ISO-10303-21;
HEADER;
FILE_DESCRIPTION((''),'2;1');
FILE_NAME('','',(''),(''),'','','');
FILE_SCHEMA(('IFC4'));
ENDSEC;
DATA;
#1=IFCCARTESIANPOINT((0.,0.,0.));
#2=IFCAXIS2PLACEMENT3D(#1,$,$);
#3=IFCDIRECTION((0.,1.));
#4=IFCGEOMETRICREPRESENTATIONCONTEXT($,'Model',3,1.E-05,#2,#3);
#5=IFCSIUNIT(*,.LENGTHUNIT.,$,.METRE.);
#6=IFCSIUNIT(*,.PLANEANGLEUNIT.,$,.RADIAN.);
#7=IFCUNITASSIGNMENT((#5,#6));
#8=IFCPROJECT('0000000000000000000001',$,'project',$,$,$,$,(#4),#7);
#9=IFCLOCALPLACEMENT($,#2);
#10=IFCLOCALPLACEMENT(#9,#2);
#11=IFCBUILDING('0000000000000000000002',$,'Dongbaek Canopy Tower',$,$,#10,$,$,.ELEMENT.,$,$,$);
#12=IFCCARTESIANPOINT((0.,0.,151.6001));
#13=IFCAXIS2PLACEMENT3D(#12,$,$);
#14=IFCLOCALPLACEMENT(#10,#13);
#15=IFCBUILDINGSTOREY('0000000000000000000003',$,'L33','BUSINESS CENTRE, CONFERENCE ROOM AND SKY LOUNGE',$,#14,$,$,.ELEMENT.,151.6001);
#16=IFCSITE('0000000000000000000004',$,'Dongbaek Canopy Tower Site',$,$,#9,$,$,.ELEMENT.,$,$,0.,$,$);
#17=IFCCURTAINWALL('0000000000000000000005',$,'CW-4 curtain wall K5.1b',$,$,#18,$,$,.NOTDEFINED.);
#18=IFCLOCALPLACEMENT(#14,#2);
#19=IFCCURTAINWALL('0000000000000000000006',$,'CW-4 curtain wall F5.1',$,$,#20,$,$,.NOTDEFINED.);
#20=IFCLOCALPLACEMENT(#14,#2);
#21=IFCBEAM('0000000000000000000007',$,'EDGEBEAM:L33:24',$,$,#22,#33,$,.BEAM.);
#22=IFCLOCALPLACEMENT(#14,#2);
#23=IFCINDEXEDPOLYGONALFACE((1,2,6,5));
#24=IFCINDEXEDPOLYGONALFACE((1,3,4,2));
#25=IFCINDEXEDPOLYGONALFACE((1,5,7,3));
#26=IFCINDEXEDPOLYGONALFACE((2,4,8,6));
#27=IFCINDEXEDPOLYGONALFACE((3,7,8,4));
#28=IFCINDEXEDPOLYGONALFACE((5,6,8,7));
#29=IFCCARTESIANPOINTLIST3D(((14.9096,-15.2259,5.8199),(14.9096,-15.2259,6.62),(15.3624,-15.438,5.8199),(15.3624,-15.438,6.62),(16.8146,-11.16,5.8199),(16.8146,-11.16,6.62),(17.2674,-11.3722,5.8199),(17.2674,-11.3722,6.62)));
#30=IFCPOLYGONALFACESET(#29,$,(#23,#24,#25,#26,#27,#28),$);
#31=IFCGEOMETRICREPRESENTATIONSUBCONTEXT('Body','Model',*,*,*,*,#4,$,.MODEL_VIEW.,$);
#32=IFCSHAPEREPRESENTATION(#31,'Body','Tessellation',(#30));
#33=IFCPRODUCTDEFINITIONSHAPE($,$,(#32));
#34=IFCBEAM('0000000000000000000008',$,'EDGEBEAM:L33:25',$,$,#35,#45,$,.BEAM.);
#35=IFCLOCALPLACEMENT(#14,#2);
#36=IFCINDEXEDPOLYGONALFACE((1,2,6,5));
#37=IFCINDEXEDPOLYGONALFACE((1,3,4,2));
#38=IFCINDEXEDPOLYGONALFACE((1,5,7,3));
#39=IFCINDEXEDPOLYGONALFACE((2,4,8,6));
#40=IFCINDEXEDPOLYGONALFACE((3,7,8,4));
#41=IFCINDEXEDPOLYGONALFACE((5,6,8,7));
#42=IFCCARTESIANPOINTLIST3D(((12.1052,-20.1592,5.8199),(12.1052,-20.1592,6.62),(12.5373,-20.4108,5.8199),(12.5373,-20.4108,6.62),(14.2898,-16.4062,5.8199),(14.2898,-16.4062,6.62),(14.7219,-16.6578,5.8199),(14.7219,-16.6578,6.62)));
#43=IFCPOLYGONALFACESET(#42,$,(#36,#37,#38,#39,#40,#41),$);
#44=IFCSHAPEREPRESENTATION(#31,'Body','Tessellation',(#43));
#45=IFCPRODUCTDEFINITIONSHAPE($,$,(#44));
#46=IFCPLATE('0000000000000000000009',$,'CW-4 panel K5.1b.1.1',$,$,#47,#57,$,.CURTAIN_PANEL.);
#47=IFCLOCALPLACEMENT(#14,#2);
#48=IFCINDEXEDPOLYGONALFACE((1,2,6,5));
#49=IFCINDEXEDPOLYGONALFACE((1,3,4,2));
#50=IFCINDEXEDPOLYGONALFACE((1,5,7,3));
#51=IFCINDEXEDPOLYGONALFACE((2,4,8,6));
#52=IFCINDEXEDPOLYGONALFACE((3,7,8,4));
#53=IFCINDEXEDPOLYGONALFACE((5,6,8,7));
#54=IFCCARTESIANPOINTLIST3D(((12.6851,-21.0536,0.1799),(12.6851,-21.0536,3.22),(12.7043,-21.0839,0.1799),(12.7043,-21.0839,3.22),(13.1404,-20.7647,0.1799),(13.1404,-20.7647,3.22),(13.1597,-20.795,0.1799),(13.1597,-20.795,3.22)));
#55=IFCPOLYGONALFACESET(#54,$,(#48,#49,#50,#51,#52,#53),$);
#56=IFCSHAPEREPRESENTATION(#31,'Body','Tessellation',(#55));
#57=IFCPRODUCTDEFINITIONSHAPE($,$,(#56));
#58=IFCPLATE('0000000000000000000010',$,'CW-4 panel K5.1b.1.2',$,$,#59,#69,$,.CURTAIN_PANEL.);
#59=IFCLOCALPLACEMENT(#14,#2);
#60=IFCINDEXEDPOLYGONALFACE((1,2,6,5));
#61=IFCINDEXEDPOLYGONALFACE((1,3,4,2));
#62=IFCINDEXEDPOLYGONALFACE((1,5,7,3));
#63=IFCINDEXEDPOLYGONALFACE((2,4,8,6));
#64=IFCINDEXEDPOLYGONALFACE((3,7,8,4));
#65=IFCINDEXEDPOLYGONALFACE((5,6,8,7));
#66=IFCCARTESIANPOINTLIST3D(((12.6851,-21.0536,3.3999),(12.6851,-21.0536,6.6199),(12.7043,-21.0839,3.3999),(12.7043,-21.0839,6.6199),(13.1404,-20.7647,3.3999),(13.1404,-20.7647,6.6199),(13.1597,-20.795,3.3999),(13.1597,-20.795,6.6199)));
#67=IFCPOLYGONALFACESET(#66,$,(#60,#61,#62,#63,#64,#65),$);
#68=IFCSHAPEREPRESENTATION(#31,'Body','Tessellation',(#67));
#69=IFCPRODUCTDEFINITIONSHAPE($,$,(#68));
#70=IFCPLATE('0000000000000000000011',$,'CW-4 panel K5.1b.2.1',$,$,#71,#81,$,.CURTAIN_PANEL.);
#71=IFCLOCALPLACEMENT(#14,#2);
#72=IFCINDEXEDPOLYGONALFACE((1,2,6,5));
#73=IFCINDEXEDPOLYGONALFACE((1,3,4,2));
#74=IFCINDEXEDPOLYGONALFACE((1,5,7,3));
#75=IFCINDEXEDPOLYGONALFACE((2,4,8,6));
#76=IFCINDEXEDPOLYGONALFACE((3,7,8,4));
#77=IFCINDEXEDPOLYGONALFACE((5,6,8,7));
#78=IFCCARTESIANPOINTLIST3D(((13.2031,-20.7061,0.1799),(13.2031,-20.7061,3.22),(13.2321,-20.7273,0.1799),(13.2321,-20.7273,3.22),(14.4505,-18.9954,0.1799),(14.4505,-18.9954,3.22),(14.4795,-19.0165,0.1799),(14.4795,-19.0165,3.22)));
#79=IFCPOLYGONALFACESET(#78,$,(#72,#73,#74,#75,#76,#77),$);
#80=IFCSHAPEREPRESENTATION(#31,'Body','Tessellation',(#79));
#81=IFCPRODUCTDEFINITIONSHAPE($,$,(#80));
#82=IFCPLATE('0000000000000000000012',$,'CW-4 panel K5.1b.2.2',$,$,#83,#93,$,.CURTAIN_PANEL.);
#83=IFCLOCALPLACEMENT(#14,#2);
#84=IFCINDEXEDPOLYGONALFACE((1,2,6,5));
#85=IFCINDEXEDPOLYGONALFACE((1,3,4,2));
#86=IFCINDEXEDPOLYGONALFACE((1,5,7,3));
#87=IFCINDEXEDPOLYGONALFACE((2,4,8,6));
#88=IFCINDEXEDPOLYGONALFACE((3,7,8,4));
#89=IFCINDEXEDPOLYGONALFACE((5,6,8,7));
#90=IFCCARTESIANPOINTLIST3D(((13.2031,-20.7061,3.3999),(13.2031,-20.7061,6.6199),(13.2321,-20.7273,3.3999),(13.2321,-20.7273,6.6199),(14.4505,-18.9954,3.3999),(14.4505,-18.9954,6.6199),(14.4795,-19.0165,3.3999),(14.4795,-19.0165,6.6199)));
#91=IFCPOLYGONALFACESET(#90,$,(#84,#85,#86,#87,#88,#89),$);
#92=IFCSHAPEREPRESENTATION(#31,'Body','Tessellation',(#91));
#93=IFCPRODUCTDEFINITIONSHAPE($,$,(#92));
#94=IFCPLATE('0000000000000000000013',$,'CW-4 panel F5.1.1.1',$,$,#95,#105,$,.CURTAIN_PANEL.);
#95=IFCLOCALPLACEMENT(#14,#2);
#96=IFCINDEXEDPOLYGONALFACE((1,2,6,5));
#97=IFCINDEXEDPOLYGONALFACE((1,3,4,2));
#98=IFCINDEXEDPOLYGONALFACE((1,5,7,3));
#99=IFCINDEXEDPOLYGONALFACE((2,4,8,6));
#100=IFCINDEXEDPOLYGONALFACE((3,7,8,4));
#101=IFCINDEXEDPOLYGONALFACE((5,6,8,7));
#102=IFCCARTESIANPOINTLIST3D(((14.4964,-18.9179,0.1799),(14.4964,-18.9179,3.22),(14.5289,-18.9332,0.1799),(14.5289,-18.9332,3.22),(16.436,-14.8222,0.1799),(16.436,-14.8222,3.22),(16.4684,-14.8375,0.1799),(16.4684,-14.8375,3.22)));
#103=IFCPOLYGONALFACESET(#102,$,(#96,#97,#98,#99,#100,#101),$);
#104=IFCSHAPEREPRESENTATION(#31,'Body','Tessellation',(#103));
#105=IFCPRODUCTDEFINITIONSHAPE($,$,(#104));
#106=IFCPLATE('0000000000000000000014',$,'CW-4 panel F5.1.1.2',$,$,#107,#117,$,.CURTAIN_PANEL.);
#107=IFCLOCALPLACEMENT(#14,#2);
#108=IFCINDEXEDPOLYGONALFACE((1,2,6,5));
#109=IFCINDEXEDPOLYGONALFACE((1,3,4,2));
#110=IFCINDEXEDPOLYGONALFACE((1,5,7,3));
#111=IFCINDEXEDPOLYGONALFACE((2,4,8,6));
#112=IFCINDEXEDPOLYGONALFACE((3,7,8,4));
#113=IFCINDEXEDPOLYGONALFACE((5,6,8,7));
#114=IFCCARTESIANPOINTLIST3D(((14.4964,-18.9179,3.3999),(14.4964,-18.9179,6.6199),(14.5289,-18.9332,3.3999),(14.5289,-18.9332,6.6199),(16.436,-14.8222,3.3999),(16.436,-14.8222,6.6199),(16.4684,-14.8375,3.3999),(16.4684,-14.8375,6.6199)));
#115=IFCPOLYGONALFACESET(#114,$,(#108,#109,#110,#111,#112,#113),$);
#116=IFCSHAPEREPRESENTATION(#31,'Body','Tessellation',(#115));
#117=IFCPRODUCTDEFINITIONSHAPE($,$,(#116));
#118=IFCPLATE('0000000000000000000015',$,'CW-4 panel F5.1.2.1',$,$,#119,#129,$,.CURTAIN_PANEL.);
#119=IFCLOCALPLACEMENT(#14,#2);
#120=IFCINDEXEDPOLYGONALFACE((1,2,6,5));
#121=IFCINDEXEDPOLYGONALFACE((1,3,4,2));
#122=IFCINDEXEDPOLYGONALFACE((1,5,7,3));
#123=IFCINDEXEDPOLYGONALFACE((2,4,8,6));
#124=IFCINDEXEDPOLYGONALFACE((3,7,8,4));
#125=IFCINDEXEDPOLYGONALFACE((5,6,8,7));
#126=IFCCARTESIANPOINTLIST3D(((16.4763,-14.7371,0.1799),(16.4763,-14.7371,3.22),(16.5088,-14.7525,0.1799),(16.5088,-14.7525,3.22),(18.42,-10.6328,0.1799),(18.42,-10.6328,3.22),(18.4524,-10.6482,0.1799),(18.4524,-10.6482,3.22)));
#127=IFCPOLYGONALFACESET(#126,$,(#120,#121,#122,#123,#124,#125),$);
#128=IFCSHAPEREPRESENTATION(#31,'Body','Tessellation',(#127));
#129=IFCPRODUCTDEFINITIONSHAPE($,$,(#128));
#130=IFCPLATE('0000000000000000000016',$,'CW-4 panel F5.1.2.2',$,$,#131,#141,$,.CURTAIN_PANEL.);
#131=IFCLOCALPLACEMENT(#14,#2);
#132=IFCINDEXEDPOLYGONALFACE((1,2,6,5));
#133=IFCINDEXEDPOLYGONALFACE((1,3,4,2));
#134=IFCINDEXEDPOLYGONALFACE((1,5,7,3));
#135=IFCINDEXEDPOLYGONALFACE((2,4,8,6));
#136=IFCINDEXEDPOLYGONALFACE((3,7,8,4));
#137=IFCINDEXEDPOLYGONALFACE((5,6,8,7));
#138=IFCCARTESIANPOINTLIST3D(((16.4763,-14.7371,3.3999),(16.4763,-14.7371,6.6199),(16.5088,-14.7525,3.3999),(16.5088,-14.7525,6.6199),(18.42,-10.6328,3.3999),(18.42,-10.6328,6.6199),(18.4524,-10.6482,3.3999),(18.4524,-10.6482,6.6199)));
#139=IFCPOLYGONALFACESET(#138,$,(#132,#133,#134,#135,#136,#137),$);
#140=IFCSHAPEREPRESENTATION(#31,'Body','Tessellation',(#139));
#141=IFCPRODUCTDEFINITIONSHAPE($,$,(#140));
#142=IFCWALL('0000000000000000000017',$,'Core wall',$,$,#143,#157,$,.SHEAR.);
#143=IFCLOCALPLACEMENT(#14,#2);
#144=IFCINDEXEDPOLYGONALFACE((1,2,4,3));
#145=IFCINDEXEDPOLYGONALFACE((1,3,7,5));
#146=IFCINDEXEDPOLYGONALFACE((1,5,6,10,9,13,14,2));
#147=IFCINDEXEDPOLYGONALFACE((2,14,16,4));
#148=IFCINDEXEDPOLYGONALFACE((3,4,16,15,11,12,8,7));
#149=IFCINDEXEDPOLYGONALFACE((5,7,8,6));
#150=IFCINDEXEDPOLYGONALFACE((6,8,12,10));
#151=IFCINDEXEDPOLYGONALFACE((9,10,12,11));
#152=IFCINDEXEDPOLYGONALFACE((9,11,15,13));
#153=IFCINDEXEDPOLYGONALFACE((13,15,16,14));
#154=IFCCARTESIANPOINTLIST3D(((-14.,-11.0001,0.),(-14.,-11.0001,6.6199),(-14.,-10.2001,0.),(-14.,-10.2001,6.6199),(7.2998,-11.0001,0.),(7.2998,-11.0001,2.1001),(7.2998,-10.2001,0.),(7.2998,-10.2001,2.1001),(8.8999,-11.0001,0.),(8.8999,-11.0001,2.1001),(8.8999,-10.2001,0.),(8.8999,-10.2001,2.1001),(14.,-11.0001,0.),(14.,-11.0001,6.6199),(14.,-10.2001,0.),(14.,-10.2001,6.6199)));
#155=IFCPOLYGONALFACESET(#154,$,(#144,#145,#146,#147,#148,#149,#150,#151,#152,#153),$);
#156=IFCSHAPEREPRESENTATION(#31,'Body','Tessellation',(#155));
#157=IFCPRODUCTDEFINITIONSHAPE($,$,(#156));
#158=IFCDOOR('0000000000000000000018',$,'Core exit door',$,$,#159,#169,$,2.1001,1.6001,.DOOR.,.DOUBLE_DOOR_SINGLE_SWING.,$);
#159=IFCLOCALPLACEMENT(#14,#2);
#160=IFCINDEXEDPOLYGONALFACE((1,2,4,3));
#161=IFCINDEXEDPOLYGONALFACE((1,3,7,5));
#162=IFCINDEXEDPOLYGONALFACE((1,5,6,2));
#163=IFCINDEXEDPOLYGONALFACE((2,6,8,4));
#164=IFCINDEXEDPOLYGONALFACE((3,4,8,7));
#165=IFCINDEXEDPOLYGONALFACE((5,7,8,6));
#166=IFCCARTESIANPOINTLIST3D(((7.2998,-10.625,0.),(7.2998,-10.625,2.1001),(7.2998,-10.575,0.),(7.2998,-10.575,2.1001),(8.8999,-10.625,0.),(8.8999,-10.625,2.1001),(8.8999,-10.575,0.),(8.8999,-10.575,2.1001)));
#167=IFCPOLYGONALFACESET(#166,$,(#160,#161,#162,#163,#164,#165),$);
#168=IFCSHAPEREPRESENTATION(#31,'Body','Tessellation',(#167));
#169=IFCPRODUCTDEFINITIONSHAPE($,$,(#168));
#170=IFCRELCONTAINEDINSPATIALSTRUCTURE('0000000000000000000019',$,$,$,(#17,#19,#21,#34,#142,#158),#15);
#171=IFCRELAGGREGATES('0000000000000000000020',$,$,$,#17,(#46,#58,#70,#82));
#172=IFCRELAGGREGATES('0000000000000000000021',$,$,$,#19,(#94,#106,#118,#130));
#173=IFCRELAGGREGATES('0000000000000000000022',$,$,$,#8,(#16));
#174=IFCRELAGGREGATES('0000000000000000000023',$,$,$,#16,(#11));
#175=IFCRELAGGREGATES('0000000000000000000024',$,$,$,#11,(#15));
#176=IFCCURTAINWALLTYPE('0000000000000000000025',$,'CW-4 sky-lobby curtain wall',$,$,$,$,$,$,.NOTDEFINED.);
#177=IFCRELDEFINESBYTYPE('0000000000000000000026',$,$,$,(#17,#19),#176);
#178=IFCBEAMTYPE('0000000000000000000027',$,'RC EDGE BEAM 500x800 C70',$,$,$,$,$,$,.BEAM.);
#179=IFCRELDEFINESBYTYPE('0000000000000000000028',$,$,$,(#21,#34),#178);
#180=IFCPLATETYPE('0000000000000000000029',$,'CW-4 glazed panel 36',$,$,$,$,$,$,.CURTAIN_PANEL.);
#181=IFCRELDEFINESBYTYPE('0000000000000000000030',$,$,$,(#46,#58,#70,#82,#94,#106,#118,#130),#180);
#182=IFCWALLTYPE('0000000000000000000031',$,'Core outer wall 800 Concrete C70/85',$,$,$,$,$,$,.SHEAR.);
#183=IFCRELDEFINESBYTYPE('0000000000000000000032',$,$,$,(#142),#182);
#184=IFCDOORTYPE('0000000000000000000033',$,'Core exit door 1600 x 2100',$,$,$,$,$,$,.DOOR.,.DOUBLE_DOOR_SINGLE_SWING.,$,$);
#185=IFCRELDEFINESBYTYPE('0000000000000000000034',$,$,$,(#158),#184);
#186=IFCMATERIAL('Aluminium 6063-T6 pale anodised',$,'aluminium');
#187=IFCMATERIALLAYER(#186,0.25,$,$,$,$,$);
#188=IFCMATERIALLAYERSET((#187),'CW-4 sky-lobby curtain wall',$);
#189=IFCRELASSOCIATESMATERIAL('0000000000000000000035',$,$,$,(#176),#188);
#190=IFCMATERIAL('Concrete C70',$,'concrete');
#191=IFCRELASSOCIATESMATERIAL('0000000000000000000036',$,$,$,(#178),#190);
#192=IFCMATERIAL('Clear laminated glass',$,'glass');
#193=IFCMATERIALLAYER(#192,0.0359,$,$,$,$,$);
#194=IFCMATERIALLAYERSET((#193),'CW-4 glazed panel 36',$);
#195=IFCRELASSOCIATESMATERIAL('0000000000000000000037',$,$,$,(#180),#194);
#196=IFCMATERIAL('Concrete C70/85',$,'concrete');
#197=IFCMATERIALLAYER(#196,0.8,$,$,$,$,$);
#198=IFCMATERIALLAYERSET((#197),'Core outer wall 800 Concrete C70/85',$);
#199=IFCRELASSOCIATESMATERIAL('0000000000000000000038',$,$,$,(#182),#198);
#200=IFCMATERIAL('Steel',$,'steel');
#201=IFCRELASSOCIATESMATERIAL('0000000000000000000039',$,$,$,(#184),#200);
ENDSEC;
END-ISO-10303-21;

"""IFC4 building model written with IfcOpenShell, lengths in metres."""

from ifc_helpers import new_model, si_unit, direction, frame, frame_2d, origin, origin_2d, place, context, subcontext, project, spatial, rectangle, extrude, material, layer, layer_set, material_profile, profile_set, type_object, element, fill, aggregate, save


model = new_model("IFC4")

# Units and contexts
model_context = context("Model", 3, precision=1e-05, world=origin(), true_north=direction((0.0, 1.0)))
body_context = subcontext(model_context, "Body", "Model", "MODEL_VIEW")
ifc_project = project(units=[si_unit("LENGTHUNIT", "METRE"), si_unit("PLANEANGLEUNIT", "RADIAN")], contexts=[model_context])

# Site, building, storey
site_placement = place(None, origin())
site = spatial("IfcSite", under=ifc_project, at=site_placement, Name="Dongbaek Canopy Tower Site", CompositionType="ELEMENT", RefElevation=0.0)
building_placement = place(site_placement, origin())
building = spatial("IfcBuilding", under=site, at=building_placement, Name="Dongbaek Canopy Tower", CompositionType="ELEMENT")
storey_placement = place(building_placement, frame((0.0, 0.0, 151.6001)))
storey = spatial("IfcBuildingStorey", under=building, at=storey_placement, Name="L33", Description="BUSINESS CENTRE, CONFERENCE ROOM AND SKY LOUNGE", CompositionType="ELEMENT", Elevation=151.6001)

# Curtain wall
ifc_material_1 = material(Name="Aluminium 6063-T6 pale anodised", Category="aluminium")
ifc_layer_1 = layer(ifc_material_1, 0.25)
ifc_layer_set_1 = layer_set([ifc_layer_1], Name="CW-4 sky-lobby curtain wall")
curtain_wall_type = type_object("IfcCurtainWallType", Name="CW-4 sky-lobby curtain wall", PredefinedType="NOTDEFINED", material=ifc_layer_set_1)
curtain_wall_1_placement = place(storey_placement, origin())
curtain_wall_1 = element("IfcCurtainWall", 1, at=curtain_wall_1_placement, inside=storey, type_object=curtain_wall_type, Name="CW-4 curtain wall K5.1b", PredefinedType="NOTDEFINED")

# Curtain wall
curtain_wall_2_placement = place(storey_placement, origin())
curtain_wall_2 = element("IfcCurtainWall", 2, at=curtain_wall_2_placement, inside=storey, type_object=curtain_wall_type, Name="CW-4 curtain wall F5.1", PredefinedType="NOTDEFINED")

# Beams
ifc_material_2 = material(Name="Concrete C70", Category="concrete")
ifc_material_profile_1 = material_profile(ifc_material_2, rectangle(XDim=0.5, YDim=0.8, at=origin_2d()), Name="RC EDGE BEAM 500x800 C70")
ifc_profile_set_1 = profile_set([ifc_material_profile_1], Name="Concrete C70")
beam_type = type_object("IfcBeamType", Name="RC EDGE BEAM 500x800 C70", PredefinedType="BEAM", material=ifc_profile_set_1)
beam_1_placement = place(storey_placement, frame((17.041, -11.2661, 6.22), z_axis=(-0.424275, -0.905533, 0.0), x_axis=(0.905533, -0.424275, 0.0)))
element("IfcBeam", 3, at=beam_1_placement, inside=storey, type_object=beam_type, Name="EDGEBEAM:L33:24", PredefinedType="BEAM", context=body_context, shape_type="SweptSolid", body=[
    extrude(rectangle(XDim=0.5, YDim=0.8, at=origin_2d()), origin(), (0.0, 0.0, 1.0), 4.49),
])
beam_2_placement = place(storey_placement, frame((14.5059, -16.532, 6.22), z_axis=(-0.503074, -0.864243, 0.0), x_axis=(0.864243, -0.503074, 0.0)))
element("IfcBeam", 4, at=beam_2_placement, inside=storey, type_object=beam_type, Name="EDGEBEAM:L33:25", PredefinedType="BEAM", context=body_context, shape_type="SweptSolid", body=[
    extrude(rectangle(XDim=0.5, YDim=0.8, at=origin_2d()), origin(), (0.0, 0.0, 1.0), 4.3425),
])

# Plates
ifc_material_3 = material(Name="Clear laminated glass", Category="glass")
ifc_layer_2 = layer(ifc_material_3, 0.0359)
ifc_layer_set_2 = layer_set([ifc_layer_2], Name="CW-4 glazed panel 36")
plate_type = type_object("IfcPlateType", Name="CW-4 glazed panel 36", PredefinedType="CURTAIN_PANEL", material=ifc_layer_set_2)
plate_1_placement = place(storey_placement, frame((12.9224, -20.9243, 0.1799), z_axis=(0.0, 0.0, 1.0), x_axis=(0.844405, 0.535706, 0.0)))
plate_1 = element("IfcPlate", 5, at=plate_1_placement, type_object=plate_type, Name="CW-4 panel K5.1b.1.1", PredefinedType="CURTAIN_PANEL", context=body_context, shape_type="SweptSolid", body=[
    extrude(rectangle(XDim=0.5393, YDim=0.0359, at=origin_2d()), origin(), (0.0, 0.0, 1.0), 3.04),
])
plate_2_placement = place(storey_placement, frame((12.9224, -20.9243, 3.3999), z_axis=(0.0, 0.0, 1.0), x_axis=(0.844405, 0.535706, 0.0)))
plate_2 = element("IfcPlate", 6, at=plate_2_placement, type_object=plate_type, Name="CW-4 panel K5.1b.1.2", PredefinedType="CURTAIN_PANEL", context=body_context, shape_type="SweptSolid", body=[
    extrude(rectangle(XDim=0.5393, YDim=0.0359, at=origin_2d()), origin(), (0.0, 0.0, 1.0), 3.22),
])
plate_3_placement = place(storey_placement, frame((13.8413, -19.8613, 0.1799), z_axis=(0.0, 0.0, 1.0), x_axis=(0.589145, 0.808027, 0.0)))
plate_3 = element("IfcPlate", 7, at=plate_3_placement, type_object=plate_type, Name="CW-4 panel K5.1b.2.1", PredefinedType="CURTAIN_PANEL", context=body_context, shape_type="SweptSolid", body=[
    extrude(rectangle(XDim=2.1172, YDim=0.0359, at=origin_2d()), origin(), (0.0, 0.0, 1.0), 3.04),
])
plate_4_placement = place(storey_placement, frame((13.8413, -19.8613, 3.3999), z_axis=(0.0, 0.0, 1.0), x_axis=(0.589145, 0.808027, 0.0)))
plate_4 = element("IfcPlate", 8, at=plate_4_placement, type_object=plate_type, Name="CW-4 panel K5.1b.2.2", PredefinedType="CURTAIN_PANEL", context=body_context, shape_type="SweptSolid", body=[
    extrude(rectangle(XDim=2.1172, YDim=0.0359, at=origin_2d()), origin(), (0.0, 0.0, 1.0), 3.22),
])
aggregate(curtain_wall_1, [plate_1, plate_2, plate_3, plate_4])
plate_5_placement = place(storey_placement, frame((15.4824, -16.8777, 0.1799), z_axis=(0.0, 0.0, 1.0), x_axis=(0.427996, 0.90378, 0.0)))
plate_5 = element("IfcPlate", 9, at=plate_5_placement, type_object=plate_type, Name="CW-4 panel F5.1.1.1", PredefinedType="CURTAIN_PANEL", context=body_context, shape_type="SweptSolid", body=[
    extrude(rectangle(XDim=4.5317, YDim=0.0359, at=origin_2d()), origin(), (0.0, 0.0, 1.0), 3.04),
])
plate_6_placement = place(storey_placement, frame((15.4824, -16.8777, 3.3999), z_axis=(0.0, 0.0, 1.0), x_axis=(0.427996, 0.90378, 0.0)))
plate_6 = element("IfcPlate", 10, at=plate_6_placement, type_object=plate_type, Name="CW-4 panel F5.1.1.2", PredefinedType="CURTAIN_PANEL", context=body_context, shape_type="SweptSolid", body=[
    extrude(rectangle(XDim=4.5317, YDim=0.0359, at=origin_2d()), origin(), (0.0, 0.0, 1.0), 3.22),
])
plate_7_placement = place(storey_placement, frame((17.4644, -12.6926, 0.1799), z_axis=(0.0, 0.0, 1.0), x_axis=(0.427996, 0.90378, 0.0)))
plate_7 = element("IfcPlate", 11, at=plate_7_placement, type_object=plate_type, Name="CW-4 panel F5.1.2.1", PredefinedType="CURTAIN_PANEL", context=body_context, shape_type="SweptSolid", body=[
    extrude(rectangle(XDim=4.5413, YDim=0.0359, at=origin_2d()), origin(), (0.0, 0.0, 1.0), 3.04),
])
plate_8_placement = place(storey_placement, frame((17.4644, -12.6926, 3.3999), z_axis=(0.0, 0.0, 1.0), x_axis=(0.427996, 0.90378, 0.0)))
plate_8 = element("IfcPlate", 12, at=plate_8_placement, type_object=plate_type, Name="CW-4 panel F5.1.2.2", PredefinedType="CURTAIN_PANEL", context=body_context, shape_type="SweptSolid", body=[
    extrude(rectangle(XDim=4.5413, YDim=0.0359, at=origin_2d()), origin(), (0.0, 0.0, 1.0), 3.22),
])

# Wall, opening, door
ifc_material_4 = material(Name="Concrete C70/85", Category="concrete")
ifc_layer_3 = layer(ifc_material_4, 0.8)
ifc_layer_set_3 = layer_set([ifc_layer_3], Name="Core outer wall 800 Concrete C70/85")
wall_type_1 = type_object("IfcWallType", Name="Core outer wall 800 Concrete C70/85", PredefinedType="SHEAR", material=ifc_layer_set_3)
wall_1_placement = place(storey_placement, frame((14.0, -10.6001, 0.0), z_axis=(0.0, 0.0, 1.0), x_axis=(-1.0, 0.0, 0.0)))
wall_1 = element("IfcWall", 13, at=wall_1_placement, inside=storey, type_object=wall_type_1, Name="Core wall", PredefinedType="SHEAR", context=body_context, shape_type="SweptSolid", body=[
    extrude(rectangle(XDim=28.0, YDim=0.8, at=frame_2d((14.0, 0.0))), origin(), (0.0, 0.0, 1.0), 6.6199),
])
opening_1_placement = place(wall_1_placement, frame((5.1001, 0.0, 0.0)))
opening_1 = element("IfcOpeningElement", 14, at=opening_1_placement, cuts=wall_1, PredefinedType="OPENING", context=body_context, shape_type="SweptSolid", body=[
    extrude(rectangle(XDim=1.6001, YDim=2.1001, at=frame_2d((0.8, 1.05))), frame((0.0, 0.4099, 0.0), z_axis=(0.0, -1.0, 0.0), x_axis=(1.0, 0.0, 0.0)), (0.0, 0.0, 1.0), 0.8201),
])
ifc_material_5 = material(Name="Steel", Category="steel")
door_type_1 = type_object("IfcDoorType", Name="Core exit door 1600 x 2100", OperationType="DOUBLE_DOOR_SINGLE_SWING", PredefinedType="DOOR", material=ifc_material_5)
door_1_placement = place(opening_1_placement, origin())
door_1 = element("IfcDoor", 15, at=door_1_placement, inside=storey, type_object=door_type_1, Name="Core exit door", OperationType="DOUBLE_DOOR_SINGLE_SWING", OverallHeight=2.1001, OverallWidth=1.6001, PredefinedType="DOOR", context=body_context, shape_type="SweptSolid", body=[
    extrude(rectangle(XDim=1.6001, YDim=2.1001, at=frame_2d((0.8, 1.05))), frame((0.0, 0.0249, 0.0), z_axis=(0.0, -1.0, 0.0), x_axis=(1.0, 0.0, 0.0)), (0.0, 0.0, 1.0), 0.05),
])
fill(opening_1, door_1)

aggregate(curtain_wall_2, [plate_5, plate_6, plate_7, plate_8])

save(model, "model.ifc")
